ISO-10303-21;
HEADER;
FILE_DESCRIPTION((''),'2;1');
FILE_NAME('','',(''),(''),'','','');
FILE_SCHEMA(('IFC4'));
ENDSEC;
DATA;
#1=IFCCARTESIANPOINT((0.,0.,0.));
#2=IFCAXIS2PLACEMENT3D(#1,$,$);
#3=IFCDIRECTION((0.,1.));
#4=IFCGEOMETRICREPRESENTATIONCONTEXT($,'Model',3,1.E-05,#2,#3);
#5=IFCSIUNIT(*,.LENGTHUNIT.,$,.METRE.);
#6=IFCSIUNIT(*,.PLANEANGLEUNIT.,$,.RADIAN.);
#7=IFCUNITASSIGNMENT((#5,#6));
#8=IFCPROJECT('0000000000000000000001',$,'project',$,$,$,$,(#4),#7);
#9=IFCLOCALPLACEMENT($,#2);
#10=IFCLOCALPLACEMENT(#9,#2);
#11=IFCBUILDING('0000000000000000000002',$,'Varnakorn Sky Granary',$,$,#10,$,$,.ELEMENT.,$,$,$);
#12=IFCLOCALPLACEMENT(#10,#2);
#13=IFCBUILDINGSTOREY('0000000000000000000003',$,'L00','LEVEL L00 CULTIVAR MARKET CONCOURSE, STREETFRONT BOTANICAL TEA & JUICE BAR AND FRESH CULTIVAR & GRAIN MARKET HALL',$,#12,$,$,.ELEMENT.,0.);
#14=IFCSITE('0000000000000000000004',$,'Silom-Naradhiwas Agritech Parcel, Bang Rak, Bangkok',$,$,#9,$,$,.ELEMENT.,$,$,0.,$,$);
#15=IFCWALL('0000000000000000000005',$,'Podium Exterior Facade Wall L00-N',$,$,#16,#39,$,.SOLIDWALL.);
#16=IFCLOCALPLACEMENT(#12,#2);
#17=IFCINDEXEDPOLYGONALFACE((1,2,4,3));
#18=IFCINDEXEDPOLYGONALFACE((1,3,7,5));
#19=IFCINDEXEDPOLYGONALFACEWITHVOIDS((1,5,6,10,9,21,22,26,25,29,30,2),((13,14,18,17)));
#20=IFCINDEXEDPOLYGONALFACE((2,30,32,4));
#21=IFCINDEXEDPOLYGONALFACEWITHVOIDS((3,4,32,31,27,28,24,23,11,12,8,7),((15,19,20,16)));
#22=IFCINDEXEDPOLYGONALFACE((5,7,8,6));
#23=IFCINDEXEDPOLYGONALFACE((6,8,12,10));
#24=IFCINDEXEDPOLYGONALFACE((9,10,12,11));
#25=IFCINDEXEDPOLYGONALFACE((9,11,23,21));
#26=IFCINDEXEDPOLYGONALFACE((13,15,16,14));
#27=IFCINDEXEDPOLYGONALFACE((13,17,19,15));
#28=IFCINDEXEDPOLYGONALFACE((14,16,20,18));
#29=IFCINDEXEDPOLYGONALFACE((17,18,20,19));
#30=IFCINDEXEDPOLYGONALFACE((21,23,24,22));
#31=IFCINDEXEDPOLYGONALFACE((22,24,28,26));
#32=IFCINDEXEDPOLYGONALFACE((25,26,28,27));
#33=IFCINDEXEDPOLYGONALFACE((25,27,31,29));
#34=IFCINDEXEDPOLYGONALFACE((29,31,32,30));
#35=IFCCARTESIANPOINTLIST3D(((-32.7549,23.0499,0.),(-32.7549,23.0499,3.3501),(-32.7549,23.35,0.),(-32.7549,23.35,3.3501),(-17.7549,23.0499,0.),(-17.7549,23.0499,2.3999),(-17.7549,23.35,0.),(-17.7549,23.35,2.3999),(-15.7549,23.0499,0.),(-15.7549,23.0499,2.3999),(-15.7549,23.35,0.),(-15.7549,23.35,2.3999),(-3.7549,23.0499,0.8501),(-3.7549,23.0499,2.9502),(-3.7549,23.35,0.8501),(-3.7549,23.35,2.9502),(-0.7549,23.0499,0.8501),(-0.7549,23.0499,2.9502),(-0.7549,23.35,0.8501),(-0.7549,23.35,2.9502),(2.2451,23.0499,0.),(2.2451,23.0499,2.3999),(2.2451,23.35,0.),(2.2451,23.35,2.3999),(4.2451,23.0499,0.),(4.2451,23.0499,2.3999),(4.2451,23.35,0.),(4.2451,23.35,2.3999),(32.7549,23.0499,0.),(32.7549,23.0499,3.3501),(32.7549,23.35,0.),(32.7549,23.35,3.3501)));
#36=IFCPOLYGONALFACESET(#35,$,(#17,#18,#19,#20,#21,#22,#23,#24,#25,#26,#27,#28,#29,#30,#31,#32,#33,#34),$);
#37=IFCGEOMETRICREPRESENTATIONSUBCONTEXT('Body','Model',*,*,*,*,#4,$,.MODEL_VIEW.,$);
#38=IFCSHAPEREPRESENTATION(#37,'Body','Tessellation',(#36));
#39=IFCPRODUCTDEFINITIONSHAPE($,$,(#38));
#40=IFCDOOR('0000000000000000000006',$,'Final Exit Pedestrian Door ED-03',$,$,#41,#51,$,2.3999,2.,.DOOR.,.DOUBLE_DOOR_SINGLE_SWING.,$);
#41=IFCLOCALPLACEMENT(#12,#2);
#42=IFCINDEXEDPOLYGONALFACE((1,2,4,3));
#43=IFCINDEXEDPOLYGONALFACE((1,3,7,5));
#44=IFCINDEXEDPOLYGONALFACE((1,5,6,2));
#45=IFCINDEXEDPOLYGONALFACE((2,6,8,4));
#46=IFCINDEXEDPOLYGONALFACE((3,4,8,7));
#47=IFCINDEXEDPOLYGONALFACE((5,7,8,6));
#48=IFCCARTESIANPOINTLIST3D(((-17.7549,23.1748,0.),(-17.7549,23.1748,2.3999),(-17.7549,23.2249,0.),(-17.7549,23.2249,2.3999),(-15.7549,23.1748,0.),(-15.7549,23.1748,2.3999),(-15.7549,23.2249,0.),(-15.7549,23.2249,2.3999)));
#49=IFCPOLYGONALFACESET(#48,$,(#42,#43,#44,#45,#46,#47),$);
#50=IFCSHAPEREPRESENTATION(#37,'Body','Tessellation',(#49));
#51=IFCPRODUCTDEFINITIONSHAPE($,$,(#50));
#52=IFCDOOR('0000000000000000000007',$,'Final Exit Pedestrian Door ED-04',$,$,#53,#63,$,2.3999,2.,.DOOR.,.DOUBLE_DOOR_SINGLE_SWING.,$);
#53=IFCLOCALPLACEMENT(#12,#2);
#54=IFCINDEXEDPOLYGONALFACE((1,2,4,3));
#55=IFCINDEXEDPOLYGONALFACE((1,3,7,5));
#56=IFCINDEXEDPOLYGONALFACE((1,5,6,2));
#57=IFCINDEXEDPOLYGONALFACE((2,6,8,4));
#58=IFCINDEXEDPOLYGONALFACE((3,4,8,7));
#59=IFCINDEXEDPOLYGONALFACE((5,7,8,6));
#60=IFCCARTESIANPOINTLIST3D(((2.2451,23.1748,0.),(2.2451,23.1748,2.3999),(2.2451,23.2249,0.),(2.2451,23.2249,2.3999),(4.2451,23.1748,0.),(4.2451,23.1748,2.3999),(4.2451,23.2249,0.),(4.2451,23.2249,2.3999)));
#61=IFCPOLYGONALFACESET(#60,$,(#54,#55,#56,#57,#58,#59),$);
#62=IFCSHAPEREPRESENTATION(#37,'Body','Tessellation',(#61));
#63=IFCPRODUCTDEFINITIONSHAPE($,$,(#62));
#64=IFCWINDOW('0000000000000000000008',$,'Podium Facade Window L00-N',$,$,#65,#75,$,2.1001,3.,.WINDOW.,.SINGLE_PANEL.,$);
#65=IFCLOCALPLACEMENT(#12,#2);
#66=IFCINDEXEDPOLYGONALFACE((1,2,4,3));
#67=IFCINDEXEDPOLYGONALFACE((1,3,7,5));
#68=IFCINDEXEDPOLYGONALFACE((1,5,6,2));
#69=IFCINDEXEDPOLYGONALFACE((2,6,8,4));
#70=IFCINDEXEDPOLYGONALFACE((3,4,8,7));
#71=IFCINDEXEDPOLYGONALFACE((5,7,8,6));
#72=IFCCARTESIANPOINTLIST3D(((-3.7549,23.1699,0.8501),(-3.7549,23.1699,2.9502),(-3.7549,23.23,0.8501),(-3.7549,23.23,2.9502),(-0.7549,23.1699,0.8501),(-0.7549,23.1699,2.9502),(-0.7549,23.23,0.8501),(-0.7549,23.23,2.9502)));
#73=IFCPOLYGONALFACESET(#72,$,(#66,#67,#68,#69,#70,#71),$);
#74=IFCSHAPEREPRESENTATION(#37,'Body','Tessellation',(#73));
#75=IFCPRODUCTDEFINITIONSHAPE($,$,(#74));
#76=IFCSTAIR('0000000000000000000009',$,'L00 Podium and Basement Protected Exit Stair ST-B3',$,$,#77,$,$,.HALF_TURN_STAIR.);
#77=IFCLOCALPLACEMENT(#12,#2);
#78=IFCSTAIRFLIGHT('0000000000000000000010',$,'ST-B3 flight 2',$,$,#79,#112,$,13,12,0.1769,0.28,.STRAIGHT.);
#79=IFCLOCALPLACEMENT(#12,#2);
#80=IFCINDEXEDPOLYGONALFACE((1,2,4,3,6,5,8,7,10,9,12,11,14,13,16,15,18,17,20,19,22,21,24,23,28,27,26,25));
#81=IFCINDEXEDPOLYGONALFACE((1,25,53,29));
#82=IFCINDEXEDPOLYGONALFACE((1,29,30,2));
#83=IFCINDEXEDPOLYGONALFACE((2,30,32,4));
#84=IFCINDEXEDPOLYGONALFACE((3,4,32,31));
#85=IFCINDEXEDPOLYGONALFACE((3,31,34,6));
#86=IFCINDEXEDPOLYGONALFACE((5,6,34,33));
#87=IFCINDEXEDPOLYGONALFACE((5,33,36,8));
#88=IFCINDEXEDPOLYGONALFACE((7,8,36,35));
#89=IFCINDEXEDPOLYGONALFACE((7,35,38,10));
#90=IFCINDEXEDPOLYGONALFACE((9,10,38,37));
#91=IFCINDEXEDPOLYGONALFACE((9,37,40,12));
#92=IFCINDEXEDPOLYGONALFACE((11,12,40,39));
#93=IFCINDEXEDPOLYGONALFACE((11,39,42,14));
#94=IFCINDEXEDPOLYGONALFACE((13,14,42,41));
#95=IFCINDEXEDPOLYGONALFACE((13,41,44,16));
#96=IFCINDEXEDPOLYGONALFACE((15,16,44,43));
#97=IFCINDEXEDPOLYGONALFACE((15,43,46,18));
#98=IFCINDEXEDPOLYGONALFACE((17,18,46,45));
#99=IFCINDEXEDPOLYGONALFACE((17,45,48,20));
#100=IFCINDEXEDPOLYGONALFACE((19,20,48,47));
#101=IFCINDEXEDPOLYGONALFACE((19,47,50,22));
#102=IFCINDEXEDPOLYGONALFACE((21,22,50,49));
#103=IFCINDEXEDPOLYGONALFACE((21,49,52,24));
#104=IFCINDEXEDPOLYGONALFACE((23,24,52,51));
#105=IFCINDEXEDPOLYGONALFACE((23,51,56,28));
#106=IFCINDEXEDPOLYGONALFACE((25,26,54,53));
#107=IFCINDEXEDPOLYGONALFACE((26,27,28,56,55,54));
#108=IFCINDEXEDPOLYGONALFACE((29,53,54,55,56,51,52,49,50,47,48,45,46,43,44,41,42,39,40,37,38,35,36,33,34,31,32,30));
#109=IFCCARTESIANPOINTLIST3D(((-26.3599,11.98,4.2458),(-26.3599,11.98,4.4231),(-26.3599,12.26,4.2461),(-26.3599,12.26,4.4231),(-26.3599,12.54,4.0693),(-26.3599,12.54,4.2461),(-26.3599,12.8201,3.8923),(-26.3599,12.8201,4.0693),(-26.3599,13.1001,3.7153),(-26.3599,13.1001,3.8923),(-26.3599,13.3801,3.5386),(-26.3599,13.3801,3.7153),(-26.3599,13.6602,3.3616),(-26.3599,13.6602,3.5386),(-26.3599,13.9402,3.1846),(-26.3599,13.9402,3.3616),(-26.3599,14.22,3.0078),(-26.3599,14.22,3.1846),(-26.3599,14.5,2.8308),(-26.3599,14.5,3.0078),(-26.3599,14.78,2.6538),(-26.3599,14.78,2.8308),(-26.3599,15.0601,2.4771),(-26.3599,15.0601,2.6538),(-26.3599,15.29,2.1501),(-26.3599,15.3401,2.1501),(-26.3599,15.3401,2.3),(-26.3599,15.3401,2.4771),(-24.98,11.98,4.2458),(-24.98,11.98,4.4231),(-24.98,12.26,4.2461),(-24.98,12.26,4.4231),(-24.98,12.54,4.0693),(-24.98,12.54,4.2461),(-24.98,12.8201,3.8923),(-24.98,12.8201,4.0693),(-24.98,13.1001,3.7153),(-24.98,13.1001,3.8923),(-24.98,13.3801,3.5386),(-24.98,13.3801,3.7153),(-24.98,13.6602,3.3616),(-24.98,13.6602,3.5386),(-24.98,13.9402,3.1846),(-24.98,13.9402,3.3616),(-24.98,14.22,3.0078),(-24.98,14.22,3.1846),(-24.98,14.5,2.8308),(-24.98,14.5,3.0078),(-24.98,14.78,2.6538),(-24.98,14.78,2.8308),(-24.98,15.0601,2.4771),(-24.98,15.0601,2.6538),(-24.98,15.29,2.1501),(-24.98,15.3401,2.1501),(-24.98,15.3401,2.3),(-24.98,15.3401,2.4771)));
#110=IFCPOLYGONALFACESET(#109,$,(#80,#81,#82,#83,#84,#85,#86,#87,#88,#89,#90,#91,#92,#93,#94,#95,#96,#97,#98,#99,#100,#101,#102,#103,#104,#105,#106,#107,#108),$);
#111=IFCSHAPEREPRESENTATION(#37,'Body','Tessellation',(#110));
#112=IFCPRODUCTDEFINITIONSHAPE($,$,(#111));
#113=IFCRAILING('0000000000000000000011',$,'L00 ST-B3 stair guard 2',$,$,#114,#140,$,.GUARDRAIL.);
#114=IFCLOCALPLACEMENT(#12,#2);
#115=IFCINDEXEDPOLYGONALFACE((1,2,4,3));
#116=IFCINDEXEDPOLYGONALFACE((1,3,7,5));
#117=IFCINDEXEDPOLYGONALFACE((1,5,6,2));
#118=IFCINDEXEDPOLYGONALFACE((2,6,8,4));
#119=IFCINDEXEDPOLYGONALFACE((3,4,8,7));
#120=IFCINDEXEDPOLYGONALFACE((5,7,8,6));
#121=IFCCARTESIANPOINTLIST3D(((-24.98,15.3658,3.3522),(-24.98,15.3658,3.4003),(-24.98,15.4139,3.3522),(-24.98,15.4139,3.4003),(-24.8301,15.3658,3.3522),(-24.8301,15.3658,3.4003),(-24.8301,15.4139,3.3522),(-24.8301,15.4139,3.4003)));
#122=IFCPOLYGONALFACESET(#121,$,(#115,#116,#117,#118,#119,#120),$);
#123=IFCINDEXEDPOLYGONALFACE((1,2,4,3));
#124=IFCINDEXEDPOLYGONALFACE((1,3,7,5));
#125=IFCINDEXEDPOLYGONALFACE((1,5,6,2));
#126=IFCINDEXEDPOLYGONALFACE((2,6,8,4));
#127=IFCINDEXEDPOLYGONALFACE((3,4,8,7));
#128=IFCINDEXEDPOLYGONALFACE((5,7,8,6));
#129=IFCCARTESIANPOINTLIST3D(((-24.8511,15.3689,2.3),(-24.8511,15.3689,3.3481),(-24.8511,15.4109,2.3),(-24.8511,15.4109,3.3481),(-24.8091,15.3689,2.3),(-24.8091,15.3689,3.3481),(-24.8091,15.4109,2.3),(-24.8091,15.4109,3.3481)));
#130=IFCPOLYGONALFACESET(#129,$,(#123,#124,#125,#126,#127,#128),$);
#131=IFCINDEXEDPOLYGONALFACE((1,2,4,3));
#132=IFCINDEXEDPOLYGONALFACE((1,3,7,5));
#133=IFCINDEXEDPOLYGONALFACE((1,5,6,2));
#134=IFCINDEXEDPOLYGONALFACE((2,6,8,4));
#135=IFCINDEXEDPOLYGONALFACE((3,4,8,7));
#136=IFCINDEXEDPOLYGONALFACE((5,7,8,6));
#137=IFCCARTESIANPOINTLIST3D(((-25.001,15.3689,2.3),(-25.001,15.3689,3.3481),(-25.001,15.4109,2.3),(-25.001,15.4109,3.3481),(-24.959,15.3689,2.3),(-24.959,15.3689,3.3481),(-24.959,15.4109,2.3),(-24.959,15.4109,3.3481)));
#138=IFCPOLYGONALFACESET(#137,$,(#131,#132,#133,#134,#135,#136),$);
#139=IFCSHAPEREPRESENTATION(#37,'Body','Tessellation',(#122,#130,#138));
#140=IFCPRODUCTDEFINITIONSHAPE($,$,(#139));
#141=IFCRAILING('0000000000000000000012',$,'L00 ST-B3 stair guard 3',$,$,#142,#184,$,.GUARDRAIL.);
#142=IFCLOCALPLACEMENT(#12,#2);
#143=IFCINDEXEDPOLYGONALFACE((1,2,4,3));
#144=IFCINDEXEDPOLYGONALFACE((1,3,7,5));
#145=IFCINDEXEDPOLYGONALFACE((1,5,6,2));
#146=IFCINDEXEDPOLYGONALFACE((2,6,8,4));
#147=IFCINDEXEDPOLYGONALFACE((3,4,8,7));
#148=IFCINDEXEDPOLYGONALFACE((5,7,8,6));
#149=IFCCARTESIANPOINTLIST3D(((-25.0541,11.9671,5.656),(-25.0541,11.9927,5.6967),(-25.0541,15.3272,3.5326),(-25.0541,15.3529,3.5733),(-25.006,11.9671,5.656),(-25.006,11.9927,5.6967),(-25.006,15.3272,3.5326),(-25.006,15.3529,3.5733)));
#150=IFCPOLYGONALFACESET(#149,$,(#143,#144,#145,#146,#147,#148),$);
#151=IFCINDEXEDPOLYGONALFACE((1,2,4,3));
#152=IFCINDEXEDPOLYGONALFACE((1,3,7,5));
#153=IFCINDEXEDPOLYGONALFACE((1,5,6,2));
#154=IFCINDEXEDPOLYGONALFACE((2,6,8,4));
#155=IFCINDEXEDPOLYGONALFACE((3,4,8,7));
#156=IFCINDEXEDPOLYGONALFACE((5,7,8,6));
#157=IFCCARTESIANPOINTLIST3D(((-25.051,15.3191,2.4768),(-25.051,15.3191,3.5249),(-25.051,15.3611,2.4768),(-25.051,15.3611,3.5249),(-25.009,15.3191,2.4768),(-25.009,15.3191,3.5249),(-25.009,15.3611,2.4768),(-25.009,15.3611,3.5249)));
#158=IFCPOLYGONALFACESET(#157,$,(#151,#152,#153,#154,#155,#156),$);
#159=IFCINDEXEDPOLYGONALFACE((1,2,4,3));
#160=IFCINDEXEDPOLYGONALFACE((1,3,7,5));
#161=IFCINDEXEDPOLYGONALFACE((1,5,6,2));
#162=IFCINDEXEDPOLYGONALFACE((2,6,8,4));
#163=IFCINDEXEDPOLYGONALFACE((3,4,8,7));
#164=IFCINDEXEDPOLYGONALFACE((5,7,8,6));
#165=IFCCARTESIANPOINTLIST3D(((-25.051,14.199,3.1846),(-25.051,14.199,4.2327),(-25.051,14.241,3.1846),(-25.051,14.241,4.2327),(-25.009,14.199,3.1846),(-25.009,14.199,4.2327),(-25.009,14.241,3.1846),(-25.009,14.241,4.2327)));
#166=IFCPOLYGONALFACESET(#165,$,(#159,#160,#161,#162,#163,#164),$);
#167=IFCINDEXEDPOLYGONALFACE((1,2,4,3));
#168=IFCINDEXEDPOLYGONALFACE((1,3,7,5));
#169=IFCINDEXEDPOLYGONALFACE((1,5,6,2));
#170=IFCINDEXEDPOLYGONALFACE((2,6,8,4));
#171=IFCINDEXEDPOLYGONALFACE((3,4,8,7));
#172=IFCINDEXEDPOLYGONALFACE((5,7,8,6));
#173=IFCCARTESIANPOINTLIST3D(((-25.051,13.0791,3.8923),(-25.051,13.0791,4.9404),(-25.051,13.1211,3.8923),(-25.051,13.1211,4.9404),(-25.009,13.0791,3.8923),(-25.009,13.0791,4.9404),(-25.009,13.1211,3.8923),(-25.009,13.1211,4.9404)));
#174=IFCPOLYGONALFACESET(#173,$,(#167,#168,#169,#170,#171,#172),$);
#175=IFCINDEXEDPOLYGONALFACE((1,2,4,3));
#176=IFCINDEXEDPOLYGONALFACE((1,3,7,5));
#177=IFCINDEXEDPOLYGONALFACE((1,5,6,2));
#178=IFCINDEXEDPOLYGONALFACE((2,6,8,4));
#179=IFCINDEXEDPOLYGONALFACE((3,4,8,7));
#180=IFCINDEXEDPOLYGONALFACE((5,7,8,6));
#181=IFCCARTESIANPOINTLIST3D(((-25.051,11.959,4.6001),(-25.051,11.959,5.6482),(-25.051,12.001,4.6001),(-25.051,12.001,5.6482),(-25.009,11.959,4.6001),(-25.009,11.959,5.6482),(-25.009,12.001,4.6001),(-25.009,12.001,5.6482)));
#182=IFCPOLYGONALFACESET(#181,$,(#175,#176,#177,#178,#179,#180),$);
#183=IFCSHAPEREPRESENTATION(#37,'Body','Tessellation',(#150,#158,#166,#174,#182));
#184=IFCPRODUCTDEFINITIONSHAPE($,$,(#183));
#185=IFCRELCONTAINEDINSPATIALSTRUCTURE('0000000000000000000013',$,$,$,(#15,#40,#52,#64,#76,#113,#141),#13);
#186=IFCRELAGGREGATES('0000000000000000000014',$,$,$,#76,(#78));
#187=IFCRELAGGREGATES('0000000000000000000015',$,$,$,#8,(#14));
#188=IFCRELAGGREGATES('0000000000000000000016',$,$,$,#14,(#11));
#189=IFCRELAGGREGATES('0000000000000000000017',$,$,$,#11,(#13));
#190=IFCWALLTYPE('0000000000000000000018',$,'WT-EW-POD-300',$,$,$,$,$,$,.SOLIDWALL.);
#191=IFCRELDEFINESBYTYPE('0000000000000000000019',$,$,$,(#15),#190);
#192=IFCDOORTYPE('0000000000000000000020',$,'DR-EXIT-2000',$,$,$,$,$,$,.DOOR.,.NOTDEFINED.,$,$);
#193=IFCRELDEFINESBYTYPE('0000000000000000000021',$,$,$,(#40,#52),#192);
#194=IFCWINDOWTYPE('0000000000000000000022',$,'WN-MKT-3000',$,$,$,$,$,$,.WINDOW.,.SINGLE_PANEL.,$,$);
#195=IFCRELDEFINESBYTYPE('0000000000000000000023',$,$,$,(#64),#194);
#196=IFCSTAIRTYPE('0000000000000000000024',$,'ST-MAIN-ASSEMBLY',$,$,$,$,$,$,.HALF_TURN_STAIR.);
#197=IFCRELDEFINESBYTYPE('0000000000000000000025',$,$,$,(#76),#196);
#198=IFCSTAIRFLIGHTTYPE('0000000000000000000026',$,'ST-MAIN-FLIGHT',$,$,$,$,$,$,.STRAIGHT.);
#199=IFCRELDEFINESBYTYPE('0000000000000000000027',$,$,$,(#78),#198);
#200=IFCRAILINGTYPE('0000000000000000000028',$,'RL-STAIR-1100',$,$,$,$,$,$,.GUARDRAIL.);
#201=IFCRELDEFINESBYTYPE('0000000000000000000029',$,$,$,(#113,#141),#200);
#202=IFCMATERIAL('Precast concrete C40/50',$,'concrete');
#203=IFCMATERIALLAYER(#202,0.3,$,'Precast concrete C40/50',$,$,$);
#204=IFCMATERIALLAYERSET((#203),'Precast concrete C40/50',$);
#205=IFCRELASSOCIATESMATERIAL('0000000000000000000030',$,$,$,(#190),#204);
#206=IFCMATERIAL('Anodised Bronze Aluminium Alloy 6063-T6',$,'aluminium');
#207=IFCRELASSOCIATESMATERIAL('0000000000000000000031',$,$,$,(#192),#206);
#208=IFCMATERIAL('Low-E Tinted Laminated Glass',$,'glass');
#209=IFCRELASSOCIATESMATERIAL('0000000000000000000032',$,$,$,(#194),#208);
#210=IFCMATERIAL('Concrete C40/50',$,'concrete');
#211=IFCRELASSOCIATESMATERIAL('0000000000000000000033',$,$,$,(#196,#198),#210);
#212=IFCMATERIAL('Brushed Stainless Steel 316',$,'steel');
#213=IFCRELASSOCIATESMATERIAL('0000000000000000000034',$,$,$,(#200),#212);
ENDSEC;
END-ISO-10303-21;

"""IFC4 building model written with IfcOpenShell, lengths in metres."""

from ifc_helpers import new_model, si_unit, direction, frame, frame_2d, origin, origin_2d, place, context, subcontext, project, spatial, polyline, rectangle, outline, extrude, material, layer, layer_set, type_object, element, fill, aggregate, save


model = new_model("IFC4")

# Units and contexts
model_context = context("Model", 3, precision=1e-05, world=origin(), true_north=direction((0.0, 1.0)))
body_context = subcontext(model_context, "Body", "Model", "MODEL_VIEW")
ifc_project = project(units=[si_unit("LENGTHUNIT", "METRE"), si_unit("PLANEANGLEUNIT", "RADIAN")], contexts=[model_context])

# Site, building, storey
site_placement = place(None, origin())
site = spatial("IfcSite", under=ifc_project, at=site_placement, Name="Silom-Naradhiwas Agritech Parcel, Bang Rak, Bangkok", CompositionType="ELEMENT", RefElevation=0.0)
building_placement = place(site_placement, origin())
building = spatial("IfcBuilding", under=site, at=building_placement, Name="Varnakorn Sky Granary", CompositionType="ELEMENT")
storey_placement = place(building_placement, origin())
storey = spatial("IfcBuildingStorey", under=building, at=storey_placement, Name="L00", Description="LEVEL L00 CULTIVAR MARKET CONCOURSE, STREETFRONT BOTANICAL TEA & JUICE BAR AND FRESH CULTIVAR & GRAIN MARKET HALL", CompositionType="ELEMENT", Elevation=0.0)

# Wall, openings, doors, window
ifc_material_1 = material(Name="Precast concrete C40/50", Category="concrete")
ifc_layer_1 = layer(ifc_material_1, 0.3, Name="Precast concrete C40/50")
ifc_layer_set_1 = layer_set([ifc_layer_1], Name="Precast concrete C40/50")
wall_type_1 = type_object("IfcWallType", Name="WT-EW-POD-300", PredefinedType="SOLIDWALL", material=ifc_layer_set_1)
wall_1_placement = place(storey_placement, frame((-32.7549, 23.2, 0.0), z_axis=(0.0, 0.0, 1.0), x_axis=(1.0, 0.0, 0.0)))
wall_1 = element("IfcWall", 1, at=wall_1_placement, inside=storey, type_object=wall_type_1, Name="Podium Exterior Facade Wall L00-N", PredefinedType="SOLIDWALL", context=body_context, shape_type="SweptSolid", body=[
    extrude(rectangle(XDim=65.5098, YDim=0.3, at=frame_2d((32.7549, 0.0))), origin(), (0.0, 0.0, 1.0), 3.3501),
])
opening_1_placement = place(wall_1_placement, frame((15.0, 0.0, 0.0)))
opening_1 = element("IfcOpeningElement", 2, at=opening_1_placement, cuts=wall_1, PredefinedType="OPENING", context=body_context, shape_type="SweptSolid", body=[
    extrude(rectangle(XDim=2.0, YDim=2.3999, at=frame_2d((1.0, 1.2))), frame((0.0, 0.1602, 0.0), z_axis=(0.0, -1.0, 0.0), x_axis=(1.0, 0.0, 0.0)), (0.0, 0.0, 1.0), 0.3201),
])
opening_2_placement = place(wall_1_placement, frame((35.0, 0.0, 0.0)))
opening_2 = element("IfcOpeningElement", 3, at=opening_2_placement, cuts=wall_1, PredefinedType="OPENING", context=body_context, shape_type="SweptSolid", body=[
    extrude(rectangle(XDim=2.0, YDim=2.3999, at=frame_2d((1.0, 1.2))), frame((0.0, 0.1602, 0.0), z_axis=(0.0, -1.0, 0.0), x_axis=(1.0, 0.0, 0.0)), (0.0, 0.0, 1.0), 0.3201),
])
opening_3_placement = place(wall_1_placement, frame((29.0, 0.0, 0.8501)))
opening_3 = element("IfcOpeningElement", 4, at=opening_3_placement, cuts=wall_1, PredefinedType="OPENING", context=body_context, shape_type="SweptSolid", body=[
    extrude(rectangle(XDim=3.0, YDim=2.1001, at=frame_2d((1.5, 1.05))), frame((0.0, 0.1602, 0.0), z_axis=(0.0, -1.0, 0.0), x_axis=(1.0, 0.0, 0.0)), (0.0, 0.0, 1.0), 0.3201),
])
ifc_material_2 = material(Name="Anodised Bronze Aluminium Alloy 6063-T6", Category="aluminium")
door_type = type_object("IfcDoorType", Name="DR-EXIT-2000", OperationType="NOTDEFINED", PredefinedType="DOOR", material=ifc_material_2)
door_1_placement = place(opening_1_placement, origin())
door_1 = element("IfcDoor", 5, at=door_1_placement, inside=storey, type_object=door_type, Name="Final Exit Pedestrian Door ED-03", OperationType="DOUBLE_DOOR_SINGLE_SWING", OverallHeight=2.3999, OverallWidth=2.0, PredefinedType="DOOR", context=body_context, shape_type="SweptSolid", body=[
    extrude(rectangle(XDim=2.0, YDim=2.3999, at=frame_2d((1.0, 1.2))), frame((0.0, 0.0249, 0.0), z_axis=(0.0, -1.0, 0.0), x_axis=(1.0, 0.0, 0.0)), (0.0, 0.0, 1.0), 0.05),
])
fill(opening_1, door_1)
door_2_placement = place(opening_2_placement, origin())
door_2 = element("IfcDoor", 6, at=door_2_placement, inside=storey, type_object=door_type, Name="Final Exit Pedestrian Door ED-04", OperationType="DOUBLE_DOOR_SINGLE_SWING", OverallHeight=2.3999, OverallWidth=2.0, PredefinedType="DOOR", context=body_context, shape_type="SweptSolid", body=[
    extrude(rectangle(XDim=2.0, YDim=2.3999, at=frame_2d((1.0, 1.2))), frame((0.0, 0.0249, 0.0), z_axis=(0.0, -1.0, 0.0), x_axis=(1.0, 0.0, 0.0)), (0.0, 0.0, 1.0), 0.05),
])
fill(opening_2, door_2)
ifc_material_3 = material(Name="Low-E Tinted Laminated Glass", Category="glass")
window_type = type_object("IfcWindowType", Name="WN-MKT-3000", PartitioningType="SINGLE_PANEL", PredefinedType="WINDOW", material=ifc_material_3)
window_placement = place(opening_3_placement, origin())
window = element("IfcWindow", 7, at=window_placement, inside=storey, type_object=window_type, Name="Podium Facade Window L00-N", OverallHeight=2.1001, OverallWidth=3.0, PartitioningType="SINGLE_PANEL", PredefinedType="WINDOW", context=body_context, shape_type="SweptSolid", body=[
    extrude(rectangle(XDim=3.0, YDim=2.1001, at=frame_2d((1.5, 1.05))), frame((0.0, 0.03, 0.0), z_axis=(0.0, -1.0, 0.0), x_axis=(1.0, 0.0, 0.0)), (0.0, 0.0, 1.0), 0.0601),
])
fill(opening_3, window)

# Stair, stair flight
ifc_material_4 = material(Name="Concrete C40/50", Category="concrete")
stair_type = type_object("IfcStairType", Name="ST-MAIN-ASSEMBLY", PredefinedType="HALF_TURN_STAIR", material=ifc_material_4)
stair_placement = place(storey_placement, origin())
stair = element("IfcStair", 8, at=stair_placement, inside=storey, type_object=stair_type, Name="L00 Podium and Basement Protected Exit Stair ST-B3", PredefinedType="HALF_TURN_STAIR")
stair_flight_type = type_object("IfcStairFlightType", Name="ST-MAIN-FLIGHT", PredefinedType="STRAIGHT", material=ifc_material_4)
stair_flight_placement = place(storey_placement, frame((-25.6699, 15.3401, 2.3), z_axis=(0.0, 0.0, 1.0), x_axis=(0.0, -1.0, 0.0)))
stair_flight = element("IfcStairFlight", 9, at=stair_flight_placement, type_object=stair_flight_type, Name="ST-B3 flight 2", NumberOfRisers=13, NumberOfTreads=12, PredefinedType="STRAIGHT", RiserHeight=0.1769, TreadLength=0.28, context=body_context, shape_type="SweptSolid", body=[
    extrude(outline(polyline([(0.0, -0.1499), (0.0, 0.0), (0.0, 0.177), (0.28, 0.177), (0.28, 0.3538), (0.5601, 0.3538), (0.5601, 0.5308), (0.8401, 0.5308), (0.8401, 0.7078), (1.1201, 0.7078), (1.1201, 0.8845), (1.3999, 0.8845), (1.3999, 1.0615), (1.6799, 1.0615), (1.6799, 1.2385), (1.96, 1.2385), (1.96, 1.4153), (2.24, 1.4153), (2.24, 1.5923), (2.52, 1.5923), (2.52, 1.7693), (2.8, 1.7693), (2.8, 1.946), (3.0801, 1.946), (3.0801, 2.123), (3.3601, 2.123), (3.3601, 2.3), (3.3601, 1.9458), (0.05, -0.1499), (0.0, -0.1499)])), frame((0.0, 0.6899, 0.0), z_axis=(0.0, -1.0, 0.0), x_axis=(1.0, 0.0, 0.0)), (0.0, 0.0, 1.0), 1.3799),
])
aggregate(stair, [stair_flight])

# Railings
ifc_material_5 = material(Name="Brushed Stainless Steel 316", Category="steel")
railing_type_1 = type_object("IfcRailingType", Name="RL-STAIR-1100", PredefinedType="GUARDRAIL", material=ifc_material_5)
railing_1_placement = place(storey_placement, frame((-24.8301, 15.3899, 2.3)))
element("IfcRailing", 10, at=railing_1_placement, inside=storey, type_object=railing_type_1, Name="L00 ST-B3 stair guard 2", PredefinedType="GUARDRAIL", context=body_context, shape_type="SweptSolid", body=[
    extrude(rectangle(XDim=0.0481, YDim=0.0481, at=origin_2d()), frame((0.0, 0.0, 1.0762), z_axis=(-1.0, 0.0, 0.0), x_axis=(0.0, -1.0, 0.0)), (0.0, 0.0, 1.0), 0.1499),
    extrude(rectangle(XDim=0.042, YDim=0.042, at=origin_2d()), origin(), (0.0, 0.0, 1.0), 1.0481),
    extrude(rectangle(XDim=0.042, YDim=0.042, at=origin_2d()), frame((-0.1499, 0.0, 0.0)), (0.0, 0.0, 1.0), 1.0481),
])
railing_2_placement = place(storey_placement, frame((-25.03, 15.3401, 2.4768)))
element("IfcRailing", 11, at=railing_2_placement, inside=storey, type_object=railing_type_1, Name="L00 ST-B3 stair guard 3", PredefinedType="GUARDRAIL", context=body_context, shape_type="SweptSolid", body=[
    extrude(rectangle(XDim=0.0481, YDim=0.0481, at=origin_2d()), frame((0.0, 0.0, 1.0762), z_axis=(0.0, -0.845362, 0.534194), x_axis=(1.0, 0.0, 0.0)), (0.0, 0.0, 1.0), 3.9749),
    extrude(rectangle(XDim=0.042, YDim=0.042, at=origin_2d()), origin(), (0.0, 0.0, 1.0), 1.0481),
    extrude(rectangle(XDim=0.042, YDim=0.042, at=origin_2d()), frame((0.0, -1.1201, 0.7078)), (0.0, 0.0, 1.0), 1.0481),
    extrude(rectangle(XDim=0.042, YDim=0.042, at=origin_2d()), frame((0.0, -2.24, 1.4155)), (0.0, 0.0, 1.0), 1.0481),
    extrude(rectangle(XDim=0.042, YDim=0.042, at=origin_2d()), frame((0.0, -3.3601, 2.1233)), (0.0, 0.0, 1.0), 1.0481),
])

save(model, "model.ifc")
